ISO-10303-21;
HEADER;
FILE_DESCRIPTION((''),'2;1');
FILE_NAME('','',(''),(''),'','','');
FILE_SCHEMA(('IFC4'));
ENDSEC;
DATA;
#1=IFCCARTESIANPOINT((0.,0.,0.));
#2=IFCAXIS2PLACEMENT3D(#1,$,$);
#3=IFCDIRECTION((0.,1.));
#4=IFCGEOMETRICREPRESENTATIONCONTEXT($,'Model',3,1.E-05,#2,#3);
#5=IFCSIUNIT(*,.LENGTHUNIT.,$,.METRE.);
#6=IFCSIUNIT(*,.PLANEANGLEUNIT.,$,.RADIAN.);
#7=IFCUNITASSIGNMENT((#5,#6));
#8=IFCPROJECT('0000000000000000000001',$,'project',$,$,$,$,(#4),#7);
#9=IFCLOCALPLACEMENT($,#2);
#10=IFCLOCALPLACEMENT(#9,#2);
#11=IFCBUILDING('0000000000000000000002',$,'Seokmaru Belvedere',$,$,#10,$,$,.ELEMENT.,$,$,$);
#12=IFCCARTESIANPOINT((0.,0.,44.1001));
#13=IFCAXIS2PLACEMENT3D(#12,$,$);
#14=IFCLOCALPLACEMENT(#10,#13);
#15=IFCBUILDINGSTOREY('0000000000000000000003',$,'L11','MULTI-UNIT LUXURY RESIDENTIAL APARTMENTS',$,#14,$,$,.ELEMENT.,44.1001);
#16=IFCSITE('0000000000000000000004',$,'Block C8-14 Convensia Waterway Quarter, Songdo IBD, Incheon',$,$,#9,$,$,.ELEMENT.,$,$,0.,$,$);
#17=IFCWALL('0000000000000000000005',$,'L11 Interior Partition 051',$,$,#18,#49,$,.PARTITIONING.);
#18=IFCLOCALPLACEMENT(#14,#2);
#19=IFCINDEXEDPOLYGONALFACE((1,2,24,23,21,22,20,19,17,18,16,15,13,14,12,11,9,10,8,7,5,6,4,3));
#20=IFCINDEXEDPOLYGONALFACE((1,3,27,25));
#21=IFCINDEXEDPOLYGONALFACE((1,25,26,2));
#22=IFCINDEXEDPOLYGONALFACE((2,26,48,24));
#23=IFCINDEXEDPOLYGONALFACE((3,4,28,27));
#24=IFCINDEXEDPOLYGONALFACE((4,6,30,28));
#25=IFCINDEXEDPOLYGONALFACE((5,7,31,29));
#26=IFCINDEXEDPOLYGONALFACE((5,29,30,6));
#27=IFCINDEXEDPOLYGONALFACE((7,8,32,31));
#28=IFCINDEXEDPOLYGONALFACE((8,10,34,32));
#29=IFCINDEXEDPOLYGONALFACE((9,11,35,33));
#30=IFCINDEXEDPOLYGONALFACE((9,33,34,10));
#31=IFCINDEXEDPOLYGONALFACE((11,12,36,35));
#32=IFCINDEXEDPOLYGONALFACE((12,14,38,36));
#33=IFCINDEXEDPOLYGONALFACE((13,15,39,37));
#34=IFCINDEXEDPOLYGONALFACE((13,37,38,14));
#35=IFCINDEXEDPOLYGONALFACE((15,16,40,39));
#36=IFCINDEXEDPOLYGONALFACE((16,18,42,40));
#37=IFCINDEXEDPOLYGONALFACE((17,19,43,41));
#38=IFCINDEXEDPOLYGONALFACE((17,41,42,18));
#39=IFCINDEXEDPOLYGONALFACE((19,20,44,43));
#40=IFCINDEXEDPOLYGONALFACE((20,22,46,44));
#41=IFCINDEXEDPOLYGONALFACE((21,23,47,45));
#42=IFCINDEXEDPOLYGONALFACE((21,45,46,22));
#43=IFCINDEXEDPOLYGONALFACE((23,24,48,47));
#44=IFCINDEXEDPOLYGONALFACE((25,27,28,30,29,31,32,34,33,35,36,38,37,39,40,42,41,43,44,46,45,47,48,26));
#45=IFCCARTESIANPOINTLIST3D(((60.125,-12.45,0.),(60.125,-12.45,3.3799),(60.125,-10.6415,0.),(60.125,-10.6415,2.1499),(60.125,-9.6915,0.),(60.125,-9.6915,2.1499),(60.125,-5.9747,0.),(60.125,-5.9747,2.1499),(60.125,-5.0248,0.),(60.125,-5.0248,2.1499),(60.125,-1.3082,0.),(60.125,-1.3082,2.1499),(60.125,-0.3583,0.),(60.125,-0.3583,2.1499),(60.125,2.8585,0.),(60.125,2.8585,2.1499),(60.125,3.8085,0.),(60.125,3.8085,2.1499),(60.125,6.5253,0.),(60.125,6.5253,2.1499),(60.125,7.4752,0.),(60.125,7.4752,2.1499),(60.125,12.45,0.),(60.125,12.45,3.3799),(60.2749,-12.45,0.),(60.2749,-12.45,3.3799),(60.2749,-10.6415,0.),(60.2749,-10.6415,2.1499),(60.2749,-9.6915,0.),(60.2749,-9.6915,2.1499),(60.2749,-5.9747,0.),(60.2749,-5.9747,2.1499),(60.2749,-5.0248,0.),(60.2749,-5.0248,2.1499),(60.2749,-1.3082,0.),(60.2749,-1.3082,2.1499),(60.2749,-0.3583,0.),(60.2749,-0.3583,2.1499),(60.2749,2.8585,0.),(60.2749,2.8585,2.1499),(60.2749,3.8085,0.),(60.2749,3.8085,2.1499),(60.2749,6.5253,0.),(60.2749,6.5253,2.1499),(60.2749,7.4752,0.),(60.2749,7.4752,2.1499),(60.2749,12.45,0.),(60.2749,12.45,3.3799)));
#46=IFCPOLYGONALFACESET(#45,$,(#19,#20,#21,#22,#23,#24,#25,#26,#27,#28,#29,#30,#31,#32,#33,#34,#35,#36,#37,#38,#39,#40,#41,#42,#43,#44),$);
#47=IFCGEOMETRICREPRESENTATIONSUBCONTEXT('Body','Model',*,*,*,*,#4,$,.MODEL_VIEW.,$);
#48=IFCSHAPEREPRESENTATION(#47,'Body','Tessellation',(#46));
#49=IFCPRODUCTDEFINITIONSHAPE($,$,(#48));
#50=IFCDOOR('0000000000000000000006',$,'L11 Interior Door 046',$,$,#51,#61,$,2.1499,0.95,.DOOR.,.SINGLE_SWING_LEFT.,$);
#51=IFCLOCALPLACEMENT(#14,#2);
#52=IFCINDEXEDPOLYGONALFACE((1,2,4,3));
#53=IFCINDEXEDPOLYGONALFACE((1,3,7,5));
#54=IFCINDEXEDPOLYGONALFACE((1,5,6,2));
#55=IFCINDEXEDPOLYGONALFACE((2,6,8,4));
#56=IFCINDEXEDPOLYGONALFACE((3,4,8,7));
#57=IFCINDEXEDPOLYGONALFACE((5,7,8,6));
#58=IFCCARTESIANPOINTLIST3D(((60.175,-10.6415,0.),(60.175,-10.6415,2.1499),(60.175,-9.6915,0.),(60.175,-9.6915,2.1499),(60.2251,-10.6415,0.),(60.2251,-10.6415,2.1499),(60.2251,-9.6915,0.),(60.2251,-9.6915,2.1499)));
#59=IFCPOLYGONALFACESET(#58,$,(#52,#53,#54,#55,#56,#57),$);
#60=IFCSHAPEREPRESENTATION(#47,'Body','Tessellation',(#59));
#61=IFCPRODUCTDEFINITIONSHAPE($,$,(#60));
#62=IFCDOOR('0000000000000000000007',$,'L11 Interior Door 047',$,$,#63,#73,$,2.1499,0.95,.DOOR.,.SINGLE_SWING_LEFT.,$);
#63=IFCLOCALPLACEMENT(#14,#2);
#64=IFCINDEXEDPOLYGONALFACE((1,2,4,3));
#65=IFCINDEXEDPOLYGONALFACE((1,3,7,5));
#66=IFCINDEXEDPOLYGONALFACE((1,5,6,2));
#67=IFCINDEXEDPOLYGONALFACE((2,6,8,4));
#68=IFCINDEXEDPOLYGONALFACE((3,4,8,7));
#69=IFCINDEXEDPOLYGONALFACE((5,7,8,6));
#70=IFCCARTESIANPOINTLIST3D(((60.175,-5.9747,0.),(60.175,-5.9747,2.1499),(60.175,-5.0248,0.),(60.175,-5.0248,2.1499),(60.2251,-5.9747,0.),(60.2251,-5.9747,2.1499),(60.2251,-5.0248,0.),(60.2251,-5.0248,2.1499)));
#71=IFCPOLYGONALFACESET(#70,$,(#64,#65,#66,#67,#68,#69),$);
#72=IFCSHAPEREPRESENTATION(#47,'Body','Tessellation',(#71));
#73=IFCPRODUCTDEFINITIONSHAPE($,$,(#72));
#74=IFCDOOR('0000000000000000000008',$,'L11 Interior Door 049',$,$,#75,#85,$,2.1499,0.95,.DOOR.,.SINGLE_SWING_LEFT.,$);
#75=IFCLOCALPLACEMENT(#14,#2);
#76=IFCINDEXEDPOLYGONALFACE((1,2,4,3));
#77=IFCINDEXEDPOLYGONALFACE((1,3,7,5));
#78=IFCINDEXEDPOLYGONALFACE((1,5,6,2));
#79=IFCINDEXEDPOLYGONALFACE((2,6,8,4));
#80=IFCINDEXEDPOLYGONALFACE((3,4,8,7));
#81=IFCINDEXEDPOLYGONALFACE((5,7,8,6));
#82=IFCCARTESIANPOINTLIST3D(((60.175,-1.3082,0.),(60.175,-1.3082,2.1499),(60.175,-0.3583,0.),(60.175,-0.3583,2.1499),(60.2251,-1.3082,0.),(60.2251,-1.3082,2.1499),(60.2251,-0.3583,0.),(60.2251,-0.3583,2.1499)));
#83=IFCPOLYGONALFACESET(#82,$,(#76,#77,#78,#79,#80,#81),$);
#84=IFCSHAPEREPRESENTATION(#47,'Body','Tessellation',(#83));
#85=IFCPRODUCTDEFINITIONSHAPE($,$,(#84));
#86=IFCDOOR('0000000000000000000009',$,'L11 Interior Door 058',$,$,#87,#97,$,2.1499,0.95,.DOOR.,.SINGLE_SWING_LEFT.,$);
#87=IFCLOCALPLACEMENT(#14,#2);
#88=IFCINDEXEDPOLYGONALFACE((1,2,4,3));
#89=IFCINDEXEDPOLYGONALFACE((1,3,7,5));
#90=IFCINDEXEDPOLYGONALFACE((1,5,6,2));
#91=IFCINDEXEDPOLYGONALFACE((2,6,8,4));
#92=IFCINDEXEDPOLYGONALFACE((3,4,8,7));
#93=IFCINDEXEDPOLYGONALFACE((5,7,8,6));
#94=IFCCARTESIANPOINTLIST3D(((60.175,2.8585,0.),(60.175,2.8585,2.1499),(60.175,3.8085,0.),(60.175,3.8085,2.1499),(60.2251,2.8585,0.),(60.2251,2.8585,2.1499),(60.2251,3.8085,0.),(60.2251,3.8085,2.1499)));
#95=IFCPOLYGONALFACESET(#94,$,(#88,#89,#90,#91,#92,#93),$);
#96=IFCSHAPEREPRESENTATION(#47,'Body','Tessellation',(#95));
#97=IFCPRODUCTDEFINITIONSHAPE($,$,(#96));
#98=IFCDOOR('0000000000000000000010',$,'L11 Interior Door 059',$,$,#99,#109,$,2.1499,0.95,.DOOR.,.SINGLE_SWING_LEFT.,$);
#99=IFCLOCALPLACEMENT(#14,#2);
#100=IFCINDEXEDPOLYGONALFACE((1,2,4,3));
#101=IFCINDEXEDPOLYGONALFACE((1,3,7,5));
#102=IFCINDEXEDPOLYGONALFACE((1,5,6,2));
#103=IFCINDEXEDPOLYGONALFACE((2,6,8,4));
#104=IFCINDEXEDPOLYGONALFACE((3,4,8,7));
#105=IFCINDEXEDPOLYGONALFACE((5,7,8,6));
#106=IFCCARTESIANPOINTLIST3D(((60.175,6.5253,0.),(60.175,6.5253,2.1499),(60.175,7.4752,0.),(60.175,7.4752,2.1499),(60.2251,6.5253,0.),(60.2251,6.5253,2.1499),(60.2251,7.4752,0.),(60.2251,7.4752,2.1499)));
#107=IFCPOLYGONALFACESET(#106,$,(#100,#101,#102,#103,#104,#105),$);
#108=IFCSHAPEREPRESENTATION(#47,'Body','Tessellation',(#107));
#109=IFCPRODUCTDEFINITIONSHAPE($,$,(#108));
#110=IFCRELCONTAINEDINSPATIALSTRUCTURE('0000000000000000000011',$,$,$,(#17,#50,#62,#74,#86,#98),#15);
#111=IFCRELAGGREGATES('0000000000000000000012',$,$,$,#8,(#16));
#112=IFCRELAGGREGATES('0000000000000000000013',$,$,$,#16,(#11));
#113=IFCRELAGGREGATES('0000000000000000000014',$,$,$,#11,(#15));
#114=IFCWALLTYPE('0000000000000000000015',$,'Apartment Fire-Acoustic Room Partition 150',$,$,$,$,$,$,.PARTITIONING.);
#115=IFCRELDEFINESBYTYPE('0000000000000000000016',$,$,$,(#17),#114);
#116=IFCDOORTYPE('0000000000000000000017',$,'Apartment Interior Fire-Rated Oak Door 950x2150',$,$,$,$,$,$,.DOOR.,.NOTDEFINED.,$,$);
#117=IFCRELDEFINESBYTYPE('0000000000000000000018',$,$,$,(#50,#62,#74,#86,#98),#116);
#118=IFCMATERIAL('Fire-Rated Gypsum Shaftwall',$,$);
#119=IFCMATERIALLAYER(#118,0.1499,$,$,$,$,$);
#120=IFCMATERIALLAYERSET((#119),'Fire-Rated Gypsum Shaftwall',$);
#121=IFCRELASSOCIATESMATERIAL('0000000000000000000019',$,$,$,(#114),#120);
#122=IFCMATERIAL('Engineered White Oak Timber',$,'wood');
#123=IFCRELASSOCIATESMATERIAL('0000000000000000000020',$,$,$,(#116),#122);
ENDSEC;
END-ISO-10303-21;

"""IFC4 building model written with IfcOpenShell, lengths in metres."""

from ifc_helpers import new_model, si_unit, direction, frame, frame_2d, origin, place, context, subcontext, project, spatial, rectangle, extrude, source, transform, mapped, material, layer, layer_set, type_object, type_shapes, element, fill, save


model = new_model("IFC4")

# Units and contexts
model_context = context("Model", 3, precision=1e-05, world=origin(), true_north=direction((0.0, 1.0)))
body_context = subcontext(model_context, "Body", "Model", "MODEL_VIEW")
ifc_project = project(units=[si_unit("LENGTHUNIT", "METRE"), si_unit("PLANEANGLEUNIT", "RADIAN")], contexts=[model_context])

# Site, building, storey
site_placement = place(None, origin())
site = spatial("IfcSite", under=ifc_project, at=site_placement, Name="Block C8-14 Convensia Waterway Quarter, Songdo IBD, Incheon", CompositionType="ELEMENT", RefElevation=0.0)
building_placement = place(site_placement, origin())
building = spatial("IfcBuilding", under=site, at=building_placement, Name="Seokmaru Belvedere", CompositionType="ELEMENT")
storey_placement = place(building_placement, frame((0.0, 0.0, 44.1001)))
storey = spatial("IfcBuildingStorey", under=building, at=storey_placement, Name="L11", Description="MULTI-UNIT LUXURY RESIDENTIAL APARTMENTS", CompositionType="ELEMENT", Elevation=44.1001)

# Wall, openings, doors
ifc_material_1 = material(Name="Fire-Rated Gypsum Shaftwall")
ifc_layer_1 = layer(ifc_material_1, 0.1499)
ifc_layer_set_1 = layer_set([ifc_layer_1], Name="Fire-Rated Gypsum Shaftwall")
wall_type = type_object("IfcWallType", Name="Apartment Fire-Acoustic Room Partition 150", PredefinedType="PARTITIONING", material=ifc_layer_set_1)
ifc_material_2 = material(Name="Engineered White Oak Timber", Category="wood")
door_type = type_object("IfcDoorType", Name="Apartment Interior Fire-Rated Oak Door 950x2150", OperationType="NOTDEFINED", PredefinedType="DOOR", material=ifc_material_2)
shared_shape_1 = source(origin(), body_context, "Body", "SweptSolid", [
    extrude(rectangle(XDim=0.95, YDim=2.1499, at=frame_2d((0.4751, 1.075))), frame((0.0, 0.0249, 0.0), z_axis=(0.0, -1.0, 0.0), x_axis=(1.0, 0.0, 0.0)), (0.0, 0.0, 1.0), 0.05),
])
type_shapes(door_type, [shared_shape_1])
wall_1_placement = place(storey_placement, frame((60.2, -12.45, 0.0), z_axis=(0.0, 0.0, 1.0), x_axis=(0.0, 1.0, 0.0)))
wall_1 = element("IfcWall", 1, at=wall_1_placement, inside=storey, type_object=wall_type, Name="L11 Interior Partition 051", PredefinedType="PARTITIONING", context=body_context, shape_type="SweptSolid", body=[
    extrude(rectangle(XDim=24.8999, YDim=0.1499, at=frame_2d((12.45, 0.0))), origin(), (0.0, 0.0, 1.0), 3.3799),
])
opening_1_placement = place(wall_1_placement, frame((1.8083, 0.0, 0.0)))
opening_1 = element("IfcOpeningElement", 2, at=opening_1_placement, cuts=wall_1, PredefinedType="OPENING", context=body_context, shape_type="SweptSolid", body=[
    extrude(rectangle(XDim=0.95, YDim=2.1499, at=frame_2d((0.4751, 1.075))), frame((0.0, 0.085, 0.0), z_axis=(0.0, -1.0, 0.0), x_axis=(1.0, 0.0, 0.0)), (0.0, 0.0, 1.0), 0.1699),
])
opening_2_placement = place(wall_1_placement, frame((6.4751, 0.0, 0.0)))
opening_2 = element("IfcOpeningElement", 3, at=opening_2_placement, cuts=wall_1, PredefinedType="OPENING", context=body_context, shape_type="SweptSolid", body=[
    extrude(rectangle(XDim=0.95, YDim=2.1499, at=frame_2d((0.4751, 1.075))), frame((0.0, 0.085, 0.0), z_axis=(0.0, -1.0, 0.0), x_axis=(1.0, 0.0, 0.0)), (0.0, 0.0, 1.0), 0.1699),
])
opening_3_placement = place(wall_1_placement, frame((11.1416, 0.0, 0.0)))
opening_3 = element("IfcOpeningElement", 4, at=opening_3_placement, cuts=wall_1, PredefinedType="OPENING", context=body_context, shape_type="SweptSolid", body=[
    extrude(rectangle(XDim=0.95, YDim=2.1499, at=frame_2d((0.4751, 1.075))), frame((0.0, 0.085, 0.0), z_axis=(0.0, -1.0, 0.0), x_axis=(1.0, 0.0, 0.0)), (0.0, 0.0, 1.0), 0.1699),
])
opening_4_placement = place(wall_1_placement, frame((15.3083, 0.0, 0.0)))
opening_4 = element("IfcOpeningElement", 5, at=opening_4_placement, cuts=wall_1, PredefinedType="OPENING", context=body_context, shape_type="SweptSolid", body=[
    extrude(rectangle(XDim=0.95, YDim=2.1499, at=frame_2d((0.4751, 1.075))), frame((0.0, 0.085, 0.0), z_axis=(0.0, -1.0, 0.0), x_axis=(1.0, 0.0, 0.0)), (0.0, 0.0, 1.0), 0.1699),
])
opening_5_placement = place(wall_1_placement, frame((18.9751, 0.0, 0.0)))
opening_5 = element("IfcOpeningElement", 6, at=opening_5_placement, cuts=wall_1, PredefinedType="OPENING", context=body_context, shape_type="SweptSolid", body=[
    extrude(rectangle(XDim=0.95, YDim=2.1499, at=frame_2d((0.4751, 1.075))), frame((0.0, 0.085, 0.0), z_axis=(0.0, -1.0, 0.0), x_axis=(1.0, 0.0, 0.0)), (0.0, 0.0, 1.0), 0.1699),
])
door_1_placement = place(opening_1_placement, origin())
door_1 = element("IfcDoor", 7, at=door_1_placement, inside=storey, type_object=door_type, Name="L11 Interior Door 046", OperationType="SINGLE_SWING_LEFT", OverallHeight=2.1499, OverallWidth=0.95, PredefinedType="DOOR", context=body_context, shape_type="MappedRepresentation", body=[
    mapped(shared_shape_1, transform((0.0, 0.0, 0.0), scale=1.0)),
])
fill(opening_1, door_1)
door_2_placement = place(opening_2_placement, origin())
door_2 = element("IfcDoor", 8, at=door_2_placement, inside=storey, type_object=door_type, Name="L11 Interior Door 047", OperationType="SINGLE_SWING_LEFT", OverallHeight=2.1499, OverallWidth=0.95, PredefinedType="DOOR", context=body_context, shape_type="MappedRepresentation", body=[
    mapped(shared_shape_1, transform((0.0, 0.0, 0.0), scale=1.0)),
])
fill(opening_2, door_2)
door_3_placement = place(opening_3_placement, origin())
door_3 = element("IfcDoor", 9, at=door_3_placement, inside=storey, type_object=door_type, Name="L11 Interior Door 049", OperationType="SINGLE_SWING_LEFT", OverallHeight=2.1499, OverallWidth=0.95, PredefinedType="DOOR", context=body_context, shape_type="MappedRepresentation", body=[
    mapped(shared_shape_1, transform((0.0, 0.0, 0.0), scale=1.0)),
])
fill(opening_3, door_3)
door_4_placement = place(opening_4_placement, origin())
door_4 = element("IfcDoor", 10, at=door_4_placement, inside=storey, type_object=door_type, Name="L11 Interior Door 058", OperationType="SINGLE_SWING_LEFT", OverallHeight=2.1499, OverallWidth=0.95, PredefinedType="DOOR", context=body_context, shape_type="MappedRepresentation", body=[
    mapped(shared_shape_1, transform((0.0, 0.0, 0.0), scale=1.0)),
])
fill(opening_4, door_4)
door_5_placement = place(opening_5_placement, origin())
door_5 = element("IfcDoor", 11, at=door_5_placement, inside=storey, type_object=door_type, Name="L11 Interior Door 059", OperationType="SINGLE_SWING_LEFT", OverallHeight=2.1499, OverallWidth=0.95, PredefinedType="DOOR", context=body_context, shape_type="MappedRepresentation", body=[
    mapped(shared_shape_1, transform((0.0, 0.0, 0.0), scale=1.0)),
])
fill(opening_5, door_5)

save(model, "model.ifc")
